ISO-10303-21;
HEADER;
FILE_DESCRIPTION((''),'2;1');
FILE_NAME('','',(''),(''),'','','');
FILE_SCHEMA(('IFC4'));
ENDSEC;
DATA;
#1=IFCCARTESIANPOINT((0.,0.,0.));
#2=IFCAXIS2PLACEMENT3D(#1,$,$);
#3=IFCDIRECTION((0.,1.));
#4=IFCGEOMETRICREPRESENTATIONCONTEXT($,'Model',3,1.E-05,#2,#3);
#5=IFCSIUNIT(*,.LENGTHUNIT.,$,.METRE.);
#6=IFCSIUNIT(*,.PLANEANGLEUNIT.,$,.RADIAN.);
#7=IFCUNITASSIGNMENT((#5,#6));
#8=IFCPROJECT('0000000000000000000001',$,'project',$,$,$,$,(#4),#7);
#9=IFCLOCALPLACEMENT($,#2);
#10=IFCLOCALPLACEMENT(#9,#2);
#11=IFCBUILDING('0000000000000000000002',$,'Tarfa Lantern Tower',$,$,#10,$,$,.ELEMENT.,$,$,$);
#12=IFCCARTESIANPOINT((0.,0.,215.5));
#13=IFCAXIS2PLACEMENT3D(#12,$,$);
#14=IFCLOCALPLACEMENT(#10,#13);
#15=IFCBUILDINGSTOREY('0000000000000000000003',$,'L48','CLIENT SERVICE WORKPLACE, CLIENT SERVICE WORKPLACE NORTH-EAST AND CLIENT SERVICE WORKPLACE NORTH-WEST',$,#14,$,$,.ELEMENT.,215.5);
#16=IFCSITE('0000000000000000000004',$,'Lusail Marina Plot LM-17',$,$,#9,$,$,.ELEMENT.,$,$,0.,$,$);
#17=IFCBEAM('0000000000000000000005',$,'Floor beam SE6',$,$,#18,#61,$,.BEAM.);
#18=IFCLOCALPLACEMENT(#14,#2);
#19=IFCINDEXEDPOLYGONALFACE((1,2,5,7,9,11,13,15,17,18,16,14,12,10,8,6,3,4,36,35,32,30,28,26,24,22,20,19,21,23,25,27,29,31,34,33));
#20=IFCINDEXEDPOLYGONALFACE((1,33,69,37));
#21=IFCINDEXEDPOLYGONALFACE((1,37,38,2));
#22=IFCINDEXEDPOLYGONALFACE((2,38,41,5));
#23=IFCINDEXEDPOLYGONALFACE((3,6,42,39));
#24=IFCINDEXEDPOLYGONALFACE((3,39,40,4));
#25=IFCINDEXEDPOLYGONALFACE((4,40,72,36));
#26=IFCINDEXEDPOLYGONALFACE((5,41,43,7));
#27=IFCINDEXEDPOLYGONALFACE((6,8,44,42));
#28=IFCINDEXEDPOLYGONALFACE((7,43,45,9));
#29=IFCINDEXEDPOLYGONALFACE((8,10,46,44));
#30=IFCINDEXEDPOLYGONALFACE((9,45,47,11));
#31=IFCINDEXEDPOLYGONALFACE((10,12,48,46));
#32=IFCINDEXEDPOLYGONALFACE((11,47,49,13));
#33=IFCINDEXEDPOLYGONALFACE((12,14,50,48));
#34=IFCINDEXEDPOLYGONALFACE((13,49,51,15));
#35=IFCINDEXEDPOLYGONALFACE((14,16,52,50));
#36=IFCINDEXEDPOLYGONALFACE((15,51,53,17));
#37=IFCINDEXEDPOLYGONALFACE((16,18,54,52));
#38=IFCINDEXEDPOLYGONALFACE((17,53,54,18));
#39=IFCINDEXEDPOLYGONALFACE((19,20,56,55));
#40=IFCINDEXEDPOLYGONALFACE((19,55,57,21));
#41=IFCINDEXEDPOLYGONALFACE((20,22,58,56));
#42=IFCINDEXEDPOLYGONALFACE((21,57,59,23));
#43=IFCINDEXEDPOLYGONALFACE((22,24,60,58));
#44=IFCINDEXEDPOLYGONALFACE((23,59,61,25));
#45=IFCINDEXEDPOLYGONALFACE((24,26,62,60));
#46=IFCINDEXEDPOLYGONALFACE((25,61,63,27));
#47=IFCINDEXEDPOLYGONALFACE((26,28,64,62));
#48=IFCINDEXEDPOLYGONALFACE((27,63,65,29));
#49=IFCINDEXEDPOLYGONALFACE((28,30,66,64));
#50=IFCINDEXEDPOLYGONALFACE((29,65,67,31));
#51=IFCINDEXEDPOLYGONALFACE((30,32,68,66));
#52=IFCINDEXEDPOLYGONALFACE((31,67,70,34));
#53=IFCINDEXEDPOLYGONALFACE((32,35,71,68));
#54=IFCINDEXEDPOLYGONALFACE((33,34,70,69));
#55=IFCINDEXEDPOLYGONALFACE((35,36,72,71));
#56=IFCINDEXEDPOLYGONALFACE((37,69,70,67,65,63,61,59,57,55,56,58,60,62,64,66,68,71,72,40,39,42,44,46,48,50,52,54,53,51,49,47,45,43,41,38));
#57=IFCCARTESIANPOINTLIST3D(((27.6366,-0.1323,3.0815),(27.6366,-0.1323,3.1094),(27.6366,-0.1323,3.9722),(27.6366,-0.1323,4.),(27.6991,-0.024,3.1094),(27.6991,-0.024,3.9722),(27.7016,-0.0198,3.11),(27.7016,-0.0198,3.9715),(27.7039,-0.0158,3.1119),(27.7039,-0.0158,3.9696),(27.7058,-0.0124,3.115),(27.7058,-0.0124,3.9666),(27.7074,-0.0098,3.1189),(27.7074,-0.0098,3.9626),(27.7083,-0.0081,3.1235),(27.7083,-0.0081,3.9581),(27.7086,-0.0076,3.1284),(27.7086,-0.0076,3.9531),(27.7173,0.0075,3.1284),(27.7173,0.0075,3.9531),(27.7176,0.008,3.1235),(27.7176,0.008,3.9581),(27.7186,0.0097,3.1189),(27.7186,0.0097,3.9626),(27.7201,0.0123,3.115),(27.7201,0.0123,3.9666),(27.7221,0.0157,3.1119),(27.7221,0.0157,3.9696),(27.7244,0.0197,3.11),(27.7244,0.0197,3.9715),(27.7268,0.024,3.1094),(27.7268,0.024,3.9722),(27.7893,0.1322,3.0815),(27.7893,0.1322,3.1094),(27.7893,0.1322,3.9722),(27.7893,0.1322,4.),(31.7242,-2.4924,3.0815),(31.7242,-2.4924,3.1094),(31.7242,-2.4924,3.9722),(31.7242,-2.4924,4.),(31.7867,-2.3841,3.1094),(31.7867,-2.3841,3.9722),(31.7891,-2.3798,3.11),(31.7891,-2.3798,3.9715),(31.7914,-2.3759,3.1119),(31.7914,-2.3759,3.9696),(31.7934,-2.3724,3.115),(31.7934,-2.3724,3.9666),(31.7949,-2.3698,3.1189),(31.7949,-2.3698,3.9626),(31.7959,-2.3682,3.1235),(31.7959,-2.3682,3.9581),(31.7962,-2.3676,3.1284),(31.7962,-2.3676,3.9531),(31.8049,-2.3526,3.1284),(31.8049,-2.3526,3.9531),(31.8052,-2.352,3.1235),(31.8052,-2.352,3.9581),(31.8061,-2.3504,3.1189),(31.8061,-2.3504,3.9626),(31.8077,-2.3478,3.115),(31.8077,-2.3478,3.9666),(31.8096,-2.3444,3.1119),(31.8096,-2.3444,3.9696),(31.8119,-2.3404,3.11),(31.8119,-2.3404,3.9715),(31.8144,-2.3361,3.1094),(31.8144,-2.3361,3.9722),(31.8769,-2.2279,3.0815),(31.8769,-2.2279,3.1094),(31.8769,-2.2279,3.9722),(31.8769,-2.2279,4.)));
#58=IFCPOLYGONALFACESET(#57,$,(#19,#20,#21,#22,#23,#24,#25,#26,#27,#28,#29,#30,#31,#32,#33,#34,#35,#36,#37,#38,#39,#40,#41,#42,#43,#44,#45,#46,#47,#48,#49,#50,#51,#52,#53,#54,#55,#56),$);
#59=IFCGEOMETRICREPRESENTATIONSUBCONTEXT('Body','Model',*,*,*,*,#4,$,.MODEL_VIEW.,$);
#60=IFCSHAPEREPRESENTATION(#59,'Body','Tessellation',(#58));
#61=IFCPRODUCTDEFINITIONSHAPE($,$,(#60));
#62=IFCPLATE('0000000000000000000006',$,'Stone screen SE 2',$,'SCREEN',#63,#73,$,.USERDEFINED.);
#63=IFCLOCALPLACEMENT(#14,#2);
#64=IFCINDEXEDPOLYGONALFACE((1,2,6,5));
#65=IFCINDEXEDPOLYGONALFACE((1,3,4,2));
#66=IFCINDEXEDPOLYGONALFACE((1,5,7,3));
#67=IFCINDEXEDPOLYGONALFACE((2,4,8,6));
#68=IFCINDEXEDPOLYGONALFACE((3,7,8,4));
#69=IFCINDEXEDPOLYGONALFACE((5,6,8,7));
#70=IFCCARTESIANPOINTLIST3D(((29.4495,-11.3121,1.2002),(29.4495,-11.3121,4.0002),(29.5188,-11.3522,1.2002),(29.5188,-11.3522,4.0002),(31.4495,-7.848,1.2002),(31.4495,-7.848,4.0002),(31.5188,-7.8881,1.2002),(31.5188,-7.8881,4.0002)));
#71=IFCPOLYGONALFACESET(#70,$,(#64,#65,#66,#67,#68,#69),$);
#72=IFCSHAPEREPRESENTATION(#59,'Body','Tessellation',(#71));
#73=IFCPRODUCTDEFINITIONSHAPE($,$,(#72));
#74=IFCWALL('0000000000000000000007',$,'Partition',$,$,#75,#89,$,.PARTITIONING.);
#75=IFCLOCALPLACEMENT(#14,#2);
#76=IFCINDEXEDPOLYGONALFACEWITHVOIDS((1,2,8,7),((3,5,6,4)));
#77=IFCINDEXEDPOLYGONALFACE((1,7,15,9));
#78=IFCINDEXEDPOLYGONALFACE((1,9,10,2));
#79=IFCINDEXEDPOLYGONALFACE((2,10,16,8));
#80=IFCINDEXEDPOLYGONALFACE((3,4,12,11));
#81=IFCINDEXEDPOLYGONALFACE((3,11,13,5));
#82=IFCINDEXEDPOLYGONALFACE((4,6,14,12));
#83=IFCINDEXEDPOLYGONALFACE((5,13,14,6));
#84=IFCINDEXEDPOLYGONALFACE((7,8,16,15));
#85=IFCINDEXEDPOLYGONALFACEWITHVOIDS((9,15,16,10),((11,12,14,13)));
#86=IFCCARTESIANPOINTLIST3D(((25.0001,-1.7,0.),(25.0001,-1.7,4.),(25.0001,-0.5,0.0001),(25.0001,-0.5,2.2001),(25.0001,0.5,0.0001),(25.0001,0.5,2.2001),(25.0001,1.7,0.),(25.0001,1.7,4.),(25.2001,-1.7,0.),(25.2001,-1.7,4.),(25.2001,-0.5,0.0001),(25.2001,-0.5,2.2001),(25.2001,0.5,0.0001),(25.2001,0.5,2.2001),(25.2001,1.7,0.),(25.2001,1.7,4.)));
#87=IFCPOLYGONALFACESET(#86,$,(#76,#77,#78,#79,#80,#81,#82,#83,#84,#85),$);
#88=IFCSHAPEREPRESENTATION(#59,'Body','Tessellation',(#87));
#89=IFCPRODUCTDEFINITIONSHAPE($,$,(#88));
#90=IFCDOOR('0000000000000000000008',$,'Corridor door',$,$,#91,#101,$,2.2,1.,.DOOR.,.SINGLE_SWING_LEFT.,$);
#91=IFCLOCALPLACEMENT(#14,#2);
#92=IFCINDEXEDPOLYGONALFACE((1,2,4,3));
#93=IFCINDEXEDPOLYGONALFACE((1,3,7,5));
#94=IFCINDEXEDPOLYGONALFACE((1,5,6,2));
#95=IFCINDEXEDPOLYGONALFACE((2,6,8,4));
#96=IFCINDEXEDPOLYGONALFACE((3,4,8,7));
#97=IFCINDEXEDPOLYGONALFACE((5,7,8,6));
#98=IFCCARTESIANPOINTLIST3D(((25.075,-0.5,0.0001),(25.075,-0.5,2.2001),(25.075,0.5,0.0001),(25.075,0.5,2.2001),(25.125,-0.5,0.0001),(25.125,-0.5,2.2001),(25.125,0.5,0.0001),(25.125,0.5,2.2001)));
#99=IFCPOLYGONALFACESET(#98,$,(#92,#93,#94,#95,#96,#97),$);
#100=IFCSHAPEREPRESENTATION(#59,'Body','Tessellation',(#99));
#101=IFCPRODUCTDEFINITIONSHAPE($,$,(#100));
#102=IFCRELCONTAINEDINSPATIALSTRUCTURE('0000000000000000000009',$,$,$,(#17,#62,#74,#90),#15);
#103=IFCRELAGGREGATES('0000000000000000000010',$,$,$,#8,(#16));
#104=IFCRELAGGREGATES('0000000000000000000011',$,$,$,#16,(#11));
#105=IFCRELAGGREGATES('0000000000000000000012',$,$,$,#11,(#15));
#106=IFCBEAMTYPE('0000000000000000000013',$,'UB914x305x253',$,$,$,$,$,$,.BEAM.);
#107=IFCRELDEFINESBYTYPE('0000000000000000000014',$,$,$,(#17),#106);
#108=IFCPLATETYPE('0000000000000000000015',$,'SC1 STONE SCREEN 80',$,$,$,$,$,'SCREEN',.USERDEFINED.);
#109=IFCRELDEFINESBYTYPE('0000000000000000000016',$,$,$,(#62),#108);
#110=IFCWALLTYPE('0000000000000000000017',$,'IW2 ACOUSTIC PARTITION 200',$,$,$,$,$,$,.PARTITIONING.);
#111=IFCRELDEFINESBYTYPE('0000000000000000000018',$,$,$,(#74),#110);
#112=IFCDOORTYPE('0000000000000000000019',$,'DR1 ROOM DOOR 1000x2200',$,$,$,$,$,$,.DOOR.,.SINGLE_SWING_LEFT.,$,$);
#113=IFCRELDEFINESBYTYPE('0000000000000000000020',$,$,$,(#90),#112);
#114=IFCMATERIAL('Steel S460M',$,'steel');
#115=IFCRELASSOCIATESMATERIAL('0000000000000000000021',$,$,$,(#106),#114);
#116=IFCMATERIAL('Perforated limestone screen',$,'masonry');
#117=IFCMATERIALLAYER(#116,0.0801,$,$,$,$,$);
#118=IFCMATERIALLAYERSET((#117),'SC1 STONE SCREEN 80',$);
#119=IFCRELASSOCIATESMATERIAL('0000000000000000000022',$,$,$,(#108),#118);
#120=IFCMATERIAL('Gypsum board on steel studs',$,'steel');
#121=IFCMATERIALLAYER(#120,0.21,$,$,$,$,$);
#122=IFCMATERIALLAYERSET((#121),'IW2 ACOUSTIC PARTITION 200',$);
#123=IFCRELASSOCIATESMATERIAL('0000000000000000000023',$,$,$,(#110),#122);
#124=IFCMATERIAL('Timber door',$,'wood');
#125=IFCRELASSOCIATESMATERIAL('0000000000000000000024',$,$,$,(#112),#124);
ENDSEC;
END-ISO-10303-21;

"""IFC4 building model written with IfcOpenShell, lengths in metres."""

from ifc_helpers import new_model, si_unit, direction, frame, frame_2d, origin, origin_2d, place, context, subcontext, project, spatial, rectangle, i_section, extrude, material, layer, layer_set, material_profile, profile_set, type_object, element, fill, save


model = new_model("IFC4")

# Units and contexts
model_context = context("Model", 3, precision=1e-05, world=origin(), true_north=direction((0.0, 1.0)))
body_context = subcontext(model_context, "Body", "Model", "MODEL_VIEW")
ifc_project = project(units=[si_unit("LENGTHUNIT", "METRE"), si_unit("PLANEANGLEUNIT", "RADIAN")], contexts=[model_context])

# Site, building, storey
site_placement = place(None, origin())
site = spatial("IfcSite", under=ifc_project, at=site_placement, Name="Lusail Marina Plot LM-17", CompositionType="ELEMENT", RefElevation=0.0)
building_placement = place(site_placement, origin())
building = spatial("IfcBuilding", under=site, at=building_placement, Name="Tarfa Lantern Tower", CompositionType="ELEMENT")
storey_placement = place(building_placement, frame((0.0, 0.0, 215.5)))
storey = spatial("IfcBuildingStorey", under=building, at=storey_placement, Name="L48", Description="CLIENT SERVICE WORKPLACE, CLIENT SERVICE WORKPLACE NORTH-EAST AND CLIENT SERVICE WORKPLACE NORTH-WEST", CompositionType="ELEMENT", Elevation=215.5)

# Shared definitions
ifc_material_1 = material(Name="Steel S460M", Category="steel")

# Beam
ifc_material_profile_1 = material_profile(ifc_material_1, i_section(OverallWidth=0.3054, OverallDepth=0.9185, WebThickness=0.0173, FlangeThickness=0.0278, FilletRadius=0.019, at=origin_2d()), Name="UB914x305x253")
ifc_profile_set_1 = profile_set([ifc_material_profile_1], Name="Steel S460M")
beam_type_1 = type_object("IfcBeamType", Name="UB914x305x253", PredefinedType="BEAM", material=ifc_profile_set_1)
beam_1_placement = place(storey_placement, frame((31.8005, -2.3601, 3.5408), z_axis=(-0.866016, 0.500016, 0.0), x_axis=(-0.500016, -0.866016, 0.0)))
element("IfcBeam", 1, at=beam_1_placement, inside=storey, type_object=beam_type_1, Name="Floor beam SE6", PredefinedType="BEAM", context=body_context, shape_type="SweptSolid", body=[
    extrude(i_section(OverallWidth=0.3054, OverallDepth=0.9185, WebThickness=0.0173, FlangeThickness=0.0278, FilletRadius=0.019, at=origin_2d()), origin(), (0.0, 0.0, 1.0), 4.72),
])

# Plate
ifc_material_2 = material(Name="Perforated limestone screen", Category="masonry")
ifc_layer_1 = layer(ifc_material_2, 0.0801)
ifc_layer_set_1 = layer_set([ifc_layer_1], Name="SC1 STONE SCREEN 80")
plate_type = type_object("IfcPlateType", Name="SC1 STONE SCREEN 80", ElementType="SCREEN", PredefinedType="USERDEFINED", material=ifc_layer_set_1)
plate_placement = place(storey_placement, frame((30.4841, -9.6001, 1.2002), z_axis=(0.0, 0.0, 1.0), x_axis=(0.5, 0.866025, 0.0)))
element("IfcPlate", 2, at=plate_placement, inside=storey, type_object=plate_type, Name="Stone screen SE 2", ObjectType="SCREEN", PredefinedType="USERDEFINED", context=body_context, shape_type="SweptSolid", body=[
    extrude(rectangle(XDim=4.0, YDim=0.0801, at=origin_2d()), origin(), (0.0, 0.0, 1.0), 2.8),
])

# Wall, opening, door
ifc_material_3 = material(Name="Gypsum board on steel studs", Category="steel")
ifc_layer_2 = layer(ifc_material_3, 0.21)
ifc_layer_set_2 = layer_set([ifc_layer_2], Name="IW2 ACOUSTIC PARTITION 200")
wall_type = type_object("IfcWallType", Name="IW2 ACOUSTIC PARTITION 200", PredefinedType="PARTITIONING", material=ifc_layer_set_2)
wall_placement = place(storey_placement, frame((25.1001, -1.7, 0.0), z_axis=(0.0, 0.0, 1.0), x_axis=(0.0, 1.0, 0.0)))
wall = element("IfcWall", 3, at=wall_placement, inside=storey, type_object=wall_type, Name="Partition", PredefinedType="PARTITIONING", context=body_context, shape_type="SweptSolid", body=[
    extrude(rectangle(XDim=3.3999, YDim=0.2, at=frame_2d((1.7, 0.0))), origin(), (0.0, 0.0, 1.0), 4.0),
])
opening_placement = place(wall_placement, frame((1.2, 0.0, 0.0)))
opening = element("IfcOpeningElement", 4, at=opening_placement, cuts=wall, PredefinedType="OPENING", context=body_context, shape_type="SweptSolid", body=[
    extrude(rectangle(XDim=1.0, YDim=2.2, at=frame_2d((0.5, 1.1001))), frame((0.0, 0.1099, 0.0), z_axis=(0.0, -1.0, 0.0), x_axis=(1.0, 0.0, 0.0)), (0.0, 0.0, 1.0), 0.22),
])
ifc_material_4 = material(Name="Timber door", Category="wood")
door_type = type_object("IfcDoorType", Name="DR1 ROOM DOOR 1000x2200", OperationType="SINGLE_SWING_LEFT", PredefinedType="DOOR", material=ifc_material_4)
door_placement = place(opening_placement, frame((1.0, 0.0, 0.0), z_axis=(0.0, 0.0, 1.0), x_axis=(-1.0, 0.0, 0.0)))
door = element("IfcDoor", 5, at=door_placement, inside=storey, type_object=door_type, Name="Corridor door", OperationType="SINGLE_SWING_LEFT", OverallHeight=2.2, OverallWidth=1.0, PredefinedType="DOOR", context=body_context, shape_type="SweptSolid", body=[
    extrude(rectangle(XDim=1.0, YDim=2.2, at=frame_2d((0.5, 1.1001))), frame((0.0, 0.0249, 0.0), z_axis=(0.0, -1.0, 0.0), x_axis=(1.0, 0.0, 0.0)), (0.0, 0.0, 1.0), 0.05),
])
fill(opening, door)

save(model, "model.ifc")
